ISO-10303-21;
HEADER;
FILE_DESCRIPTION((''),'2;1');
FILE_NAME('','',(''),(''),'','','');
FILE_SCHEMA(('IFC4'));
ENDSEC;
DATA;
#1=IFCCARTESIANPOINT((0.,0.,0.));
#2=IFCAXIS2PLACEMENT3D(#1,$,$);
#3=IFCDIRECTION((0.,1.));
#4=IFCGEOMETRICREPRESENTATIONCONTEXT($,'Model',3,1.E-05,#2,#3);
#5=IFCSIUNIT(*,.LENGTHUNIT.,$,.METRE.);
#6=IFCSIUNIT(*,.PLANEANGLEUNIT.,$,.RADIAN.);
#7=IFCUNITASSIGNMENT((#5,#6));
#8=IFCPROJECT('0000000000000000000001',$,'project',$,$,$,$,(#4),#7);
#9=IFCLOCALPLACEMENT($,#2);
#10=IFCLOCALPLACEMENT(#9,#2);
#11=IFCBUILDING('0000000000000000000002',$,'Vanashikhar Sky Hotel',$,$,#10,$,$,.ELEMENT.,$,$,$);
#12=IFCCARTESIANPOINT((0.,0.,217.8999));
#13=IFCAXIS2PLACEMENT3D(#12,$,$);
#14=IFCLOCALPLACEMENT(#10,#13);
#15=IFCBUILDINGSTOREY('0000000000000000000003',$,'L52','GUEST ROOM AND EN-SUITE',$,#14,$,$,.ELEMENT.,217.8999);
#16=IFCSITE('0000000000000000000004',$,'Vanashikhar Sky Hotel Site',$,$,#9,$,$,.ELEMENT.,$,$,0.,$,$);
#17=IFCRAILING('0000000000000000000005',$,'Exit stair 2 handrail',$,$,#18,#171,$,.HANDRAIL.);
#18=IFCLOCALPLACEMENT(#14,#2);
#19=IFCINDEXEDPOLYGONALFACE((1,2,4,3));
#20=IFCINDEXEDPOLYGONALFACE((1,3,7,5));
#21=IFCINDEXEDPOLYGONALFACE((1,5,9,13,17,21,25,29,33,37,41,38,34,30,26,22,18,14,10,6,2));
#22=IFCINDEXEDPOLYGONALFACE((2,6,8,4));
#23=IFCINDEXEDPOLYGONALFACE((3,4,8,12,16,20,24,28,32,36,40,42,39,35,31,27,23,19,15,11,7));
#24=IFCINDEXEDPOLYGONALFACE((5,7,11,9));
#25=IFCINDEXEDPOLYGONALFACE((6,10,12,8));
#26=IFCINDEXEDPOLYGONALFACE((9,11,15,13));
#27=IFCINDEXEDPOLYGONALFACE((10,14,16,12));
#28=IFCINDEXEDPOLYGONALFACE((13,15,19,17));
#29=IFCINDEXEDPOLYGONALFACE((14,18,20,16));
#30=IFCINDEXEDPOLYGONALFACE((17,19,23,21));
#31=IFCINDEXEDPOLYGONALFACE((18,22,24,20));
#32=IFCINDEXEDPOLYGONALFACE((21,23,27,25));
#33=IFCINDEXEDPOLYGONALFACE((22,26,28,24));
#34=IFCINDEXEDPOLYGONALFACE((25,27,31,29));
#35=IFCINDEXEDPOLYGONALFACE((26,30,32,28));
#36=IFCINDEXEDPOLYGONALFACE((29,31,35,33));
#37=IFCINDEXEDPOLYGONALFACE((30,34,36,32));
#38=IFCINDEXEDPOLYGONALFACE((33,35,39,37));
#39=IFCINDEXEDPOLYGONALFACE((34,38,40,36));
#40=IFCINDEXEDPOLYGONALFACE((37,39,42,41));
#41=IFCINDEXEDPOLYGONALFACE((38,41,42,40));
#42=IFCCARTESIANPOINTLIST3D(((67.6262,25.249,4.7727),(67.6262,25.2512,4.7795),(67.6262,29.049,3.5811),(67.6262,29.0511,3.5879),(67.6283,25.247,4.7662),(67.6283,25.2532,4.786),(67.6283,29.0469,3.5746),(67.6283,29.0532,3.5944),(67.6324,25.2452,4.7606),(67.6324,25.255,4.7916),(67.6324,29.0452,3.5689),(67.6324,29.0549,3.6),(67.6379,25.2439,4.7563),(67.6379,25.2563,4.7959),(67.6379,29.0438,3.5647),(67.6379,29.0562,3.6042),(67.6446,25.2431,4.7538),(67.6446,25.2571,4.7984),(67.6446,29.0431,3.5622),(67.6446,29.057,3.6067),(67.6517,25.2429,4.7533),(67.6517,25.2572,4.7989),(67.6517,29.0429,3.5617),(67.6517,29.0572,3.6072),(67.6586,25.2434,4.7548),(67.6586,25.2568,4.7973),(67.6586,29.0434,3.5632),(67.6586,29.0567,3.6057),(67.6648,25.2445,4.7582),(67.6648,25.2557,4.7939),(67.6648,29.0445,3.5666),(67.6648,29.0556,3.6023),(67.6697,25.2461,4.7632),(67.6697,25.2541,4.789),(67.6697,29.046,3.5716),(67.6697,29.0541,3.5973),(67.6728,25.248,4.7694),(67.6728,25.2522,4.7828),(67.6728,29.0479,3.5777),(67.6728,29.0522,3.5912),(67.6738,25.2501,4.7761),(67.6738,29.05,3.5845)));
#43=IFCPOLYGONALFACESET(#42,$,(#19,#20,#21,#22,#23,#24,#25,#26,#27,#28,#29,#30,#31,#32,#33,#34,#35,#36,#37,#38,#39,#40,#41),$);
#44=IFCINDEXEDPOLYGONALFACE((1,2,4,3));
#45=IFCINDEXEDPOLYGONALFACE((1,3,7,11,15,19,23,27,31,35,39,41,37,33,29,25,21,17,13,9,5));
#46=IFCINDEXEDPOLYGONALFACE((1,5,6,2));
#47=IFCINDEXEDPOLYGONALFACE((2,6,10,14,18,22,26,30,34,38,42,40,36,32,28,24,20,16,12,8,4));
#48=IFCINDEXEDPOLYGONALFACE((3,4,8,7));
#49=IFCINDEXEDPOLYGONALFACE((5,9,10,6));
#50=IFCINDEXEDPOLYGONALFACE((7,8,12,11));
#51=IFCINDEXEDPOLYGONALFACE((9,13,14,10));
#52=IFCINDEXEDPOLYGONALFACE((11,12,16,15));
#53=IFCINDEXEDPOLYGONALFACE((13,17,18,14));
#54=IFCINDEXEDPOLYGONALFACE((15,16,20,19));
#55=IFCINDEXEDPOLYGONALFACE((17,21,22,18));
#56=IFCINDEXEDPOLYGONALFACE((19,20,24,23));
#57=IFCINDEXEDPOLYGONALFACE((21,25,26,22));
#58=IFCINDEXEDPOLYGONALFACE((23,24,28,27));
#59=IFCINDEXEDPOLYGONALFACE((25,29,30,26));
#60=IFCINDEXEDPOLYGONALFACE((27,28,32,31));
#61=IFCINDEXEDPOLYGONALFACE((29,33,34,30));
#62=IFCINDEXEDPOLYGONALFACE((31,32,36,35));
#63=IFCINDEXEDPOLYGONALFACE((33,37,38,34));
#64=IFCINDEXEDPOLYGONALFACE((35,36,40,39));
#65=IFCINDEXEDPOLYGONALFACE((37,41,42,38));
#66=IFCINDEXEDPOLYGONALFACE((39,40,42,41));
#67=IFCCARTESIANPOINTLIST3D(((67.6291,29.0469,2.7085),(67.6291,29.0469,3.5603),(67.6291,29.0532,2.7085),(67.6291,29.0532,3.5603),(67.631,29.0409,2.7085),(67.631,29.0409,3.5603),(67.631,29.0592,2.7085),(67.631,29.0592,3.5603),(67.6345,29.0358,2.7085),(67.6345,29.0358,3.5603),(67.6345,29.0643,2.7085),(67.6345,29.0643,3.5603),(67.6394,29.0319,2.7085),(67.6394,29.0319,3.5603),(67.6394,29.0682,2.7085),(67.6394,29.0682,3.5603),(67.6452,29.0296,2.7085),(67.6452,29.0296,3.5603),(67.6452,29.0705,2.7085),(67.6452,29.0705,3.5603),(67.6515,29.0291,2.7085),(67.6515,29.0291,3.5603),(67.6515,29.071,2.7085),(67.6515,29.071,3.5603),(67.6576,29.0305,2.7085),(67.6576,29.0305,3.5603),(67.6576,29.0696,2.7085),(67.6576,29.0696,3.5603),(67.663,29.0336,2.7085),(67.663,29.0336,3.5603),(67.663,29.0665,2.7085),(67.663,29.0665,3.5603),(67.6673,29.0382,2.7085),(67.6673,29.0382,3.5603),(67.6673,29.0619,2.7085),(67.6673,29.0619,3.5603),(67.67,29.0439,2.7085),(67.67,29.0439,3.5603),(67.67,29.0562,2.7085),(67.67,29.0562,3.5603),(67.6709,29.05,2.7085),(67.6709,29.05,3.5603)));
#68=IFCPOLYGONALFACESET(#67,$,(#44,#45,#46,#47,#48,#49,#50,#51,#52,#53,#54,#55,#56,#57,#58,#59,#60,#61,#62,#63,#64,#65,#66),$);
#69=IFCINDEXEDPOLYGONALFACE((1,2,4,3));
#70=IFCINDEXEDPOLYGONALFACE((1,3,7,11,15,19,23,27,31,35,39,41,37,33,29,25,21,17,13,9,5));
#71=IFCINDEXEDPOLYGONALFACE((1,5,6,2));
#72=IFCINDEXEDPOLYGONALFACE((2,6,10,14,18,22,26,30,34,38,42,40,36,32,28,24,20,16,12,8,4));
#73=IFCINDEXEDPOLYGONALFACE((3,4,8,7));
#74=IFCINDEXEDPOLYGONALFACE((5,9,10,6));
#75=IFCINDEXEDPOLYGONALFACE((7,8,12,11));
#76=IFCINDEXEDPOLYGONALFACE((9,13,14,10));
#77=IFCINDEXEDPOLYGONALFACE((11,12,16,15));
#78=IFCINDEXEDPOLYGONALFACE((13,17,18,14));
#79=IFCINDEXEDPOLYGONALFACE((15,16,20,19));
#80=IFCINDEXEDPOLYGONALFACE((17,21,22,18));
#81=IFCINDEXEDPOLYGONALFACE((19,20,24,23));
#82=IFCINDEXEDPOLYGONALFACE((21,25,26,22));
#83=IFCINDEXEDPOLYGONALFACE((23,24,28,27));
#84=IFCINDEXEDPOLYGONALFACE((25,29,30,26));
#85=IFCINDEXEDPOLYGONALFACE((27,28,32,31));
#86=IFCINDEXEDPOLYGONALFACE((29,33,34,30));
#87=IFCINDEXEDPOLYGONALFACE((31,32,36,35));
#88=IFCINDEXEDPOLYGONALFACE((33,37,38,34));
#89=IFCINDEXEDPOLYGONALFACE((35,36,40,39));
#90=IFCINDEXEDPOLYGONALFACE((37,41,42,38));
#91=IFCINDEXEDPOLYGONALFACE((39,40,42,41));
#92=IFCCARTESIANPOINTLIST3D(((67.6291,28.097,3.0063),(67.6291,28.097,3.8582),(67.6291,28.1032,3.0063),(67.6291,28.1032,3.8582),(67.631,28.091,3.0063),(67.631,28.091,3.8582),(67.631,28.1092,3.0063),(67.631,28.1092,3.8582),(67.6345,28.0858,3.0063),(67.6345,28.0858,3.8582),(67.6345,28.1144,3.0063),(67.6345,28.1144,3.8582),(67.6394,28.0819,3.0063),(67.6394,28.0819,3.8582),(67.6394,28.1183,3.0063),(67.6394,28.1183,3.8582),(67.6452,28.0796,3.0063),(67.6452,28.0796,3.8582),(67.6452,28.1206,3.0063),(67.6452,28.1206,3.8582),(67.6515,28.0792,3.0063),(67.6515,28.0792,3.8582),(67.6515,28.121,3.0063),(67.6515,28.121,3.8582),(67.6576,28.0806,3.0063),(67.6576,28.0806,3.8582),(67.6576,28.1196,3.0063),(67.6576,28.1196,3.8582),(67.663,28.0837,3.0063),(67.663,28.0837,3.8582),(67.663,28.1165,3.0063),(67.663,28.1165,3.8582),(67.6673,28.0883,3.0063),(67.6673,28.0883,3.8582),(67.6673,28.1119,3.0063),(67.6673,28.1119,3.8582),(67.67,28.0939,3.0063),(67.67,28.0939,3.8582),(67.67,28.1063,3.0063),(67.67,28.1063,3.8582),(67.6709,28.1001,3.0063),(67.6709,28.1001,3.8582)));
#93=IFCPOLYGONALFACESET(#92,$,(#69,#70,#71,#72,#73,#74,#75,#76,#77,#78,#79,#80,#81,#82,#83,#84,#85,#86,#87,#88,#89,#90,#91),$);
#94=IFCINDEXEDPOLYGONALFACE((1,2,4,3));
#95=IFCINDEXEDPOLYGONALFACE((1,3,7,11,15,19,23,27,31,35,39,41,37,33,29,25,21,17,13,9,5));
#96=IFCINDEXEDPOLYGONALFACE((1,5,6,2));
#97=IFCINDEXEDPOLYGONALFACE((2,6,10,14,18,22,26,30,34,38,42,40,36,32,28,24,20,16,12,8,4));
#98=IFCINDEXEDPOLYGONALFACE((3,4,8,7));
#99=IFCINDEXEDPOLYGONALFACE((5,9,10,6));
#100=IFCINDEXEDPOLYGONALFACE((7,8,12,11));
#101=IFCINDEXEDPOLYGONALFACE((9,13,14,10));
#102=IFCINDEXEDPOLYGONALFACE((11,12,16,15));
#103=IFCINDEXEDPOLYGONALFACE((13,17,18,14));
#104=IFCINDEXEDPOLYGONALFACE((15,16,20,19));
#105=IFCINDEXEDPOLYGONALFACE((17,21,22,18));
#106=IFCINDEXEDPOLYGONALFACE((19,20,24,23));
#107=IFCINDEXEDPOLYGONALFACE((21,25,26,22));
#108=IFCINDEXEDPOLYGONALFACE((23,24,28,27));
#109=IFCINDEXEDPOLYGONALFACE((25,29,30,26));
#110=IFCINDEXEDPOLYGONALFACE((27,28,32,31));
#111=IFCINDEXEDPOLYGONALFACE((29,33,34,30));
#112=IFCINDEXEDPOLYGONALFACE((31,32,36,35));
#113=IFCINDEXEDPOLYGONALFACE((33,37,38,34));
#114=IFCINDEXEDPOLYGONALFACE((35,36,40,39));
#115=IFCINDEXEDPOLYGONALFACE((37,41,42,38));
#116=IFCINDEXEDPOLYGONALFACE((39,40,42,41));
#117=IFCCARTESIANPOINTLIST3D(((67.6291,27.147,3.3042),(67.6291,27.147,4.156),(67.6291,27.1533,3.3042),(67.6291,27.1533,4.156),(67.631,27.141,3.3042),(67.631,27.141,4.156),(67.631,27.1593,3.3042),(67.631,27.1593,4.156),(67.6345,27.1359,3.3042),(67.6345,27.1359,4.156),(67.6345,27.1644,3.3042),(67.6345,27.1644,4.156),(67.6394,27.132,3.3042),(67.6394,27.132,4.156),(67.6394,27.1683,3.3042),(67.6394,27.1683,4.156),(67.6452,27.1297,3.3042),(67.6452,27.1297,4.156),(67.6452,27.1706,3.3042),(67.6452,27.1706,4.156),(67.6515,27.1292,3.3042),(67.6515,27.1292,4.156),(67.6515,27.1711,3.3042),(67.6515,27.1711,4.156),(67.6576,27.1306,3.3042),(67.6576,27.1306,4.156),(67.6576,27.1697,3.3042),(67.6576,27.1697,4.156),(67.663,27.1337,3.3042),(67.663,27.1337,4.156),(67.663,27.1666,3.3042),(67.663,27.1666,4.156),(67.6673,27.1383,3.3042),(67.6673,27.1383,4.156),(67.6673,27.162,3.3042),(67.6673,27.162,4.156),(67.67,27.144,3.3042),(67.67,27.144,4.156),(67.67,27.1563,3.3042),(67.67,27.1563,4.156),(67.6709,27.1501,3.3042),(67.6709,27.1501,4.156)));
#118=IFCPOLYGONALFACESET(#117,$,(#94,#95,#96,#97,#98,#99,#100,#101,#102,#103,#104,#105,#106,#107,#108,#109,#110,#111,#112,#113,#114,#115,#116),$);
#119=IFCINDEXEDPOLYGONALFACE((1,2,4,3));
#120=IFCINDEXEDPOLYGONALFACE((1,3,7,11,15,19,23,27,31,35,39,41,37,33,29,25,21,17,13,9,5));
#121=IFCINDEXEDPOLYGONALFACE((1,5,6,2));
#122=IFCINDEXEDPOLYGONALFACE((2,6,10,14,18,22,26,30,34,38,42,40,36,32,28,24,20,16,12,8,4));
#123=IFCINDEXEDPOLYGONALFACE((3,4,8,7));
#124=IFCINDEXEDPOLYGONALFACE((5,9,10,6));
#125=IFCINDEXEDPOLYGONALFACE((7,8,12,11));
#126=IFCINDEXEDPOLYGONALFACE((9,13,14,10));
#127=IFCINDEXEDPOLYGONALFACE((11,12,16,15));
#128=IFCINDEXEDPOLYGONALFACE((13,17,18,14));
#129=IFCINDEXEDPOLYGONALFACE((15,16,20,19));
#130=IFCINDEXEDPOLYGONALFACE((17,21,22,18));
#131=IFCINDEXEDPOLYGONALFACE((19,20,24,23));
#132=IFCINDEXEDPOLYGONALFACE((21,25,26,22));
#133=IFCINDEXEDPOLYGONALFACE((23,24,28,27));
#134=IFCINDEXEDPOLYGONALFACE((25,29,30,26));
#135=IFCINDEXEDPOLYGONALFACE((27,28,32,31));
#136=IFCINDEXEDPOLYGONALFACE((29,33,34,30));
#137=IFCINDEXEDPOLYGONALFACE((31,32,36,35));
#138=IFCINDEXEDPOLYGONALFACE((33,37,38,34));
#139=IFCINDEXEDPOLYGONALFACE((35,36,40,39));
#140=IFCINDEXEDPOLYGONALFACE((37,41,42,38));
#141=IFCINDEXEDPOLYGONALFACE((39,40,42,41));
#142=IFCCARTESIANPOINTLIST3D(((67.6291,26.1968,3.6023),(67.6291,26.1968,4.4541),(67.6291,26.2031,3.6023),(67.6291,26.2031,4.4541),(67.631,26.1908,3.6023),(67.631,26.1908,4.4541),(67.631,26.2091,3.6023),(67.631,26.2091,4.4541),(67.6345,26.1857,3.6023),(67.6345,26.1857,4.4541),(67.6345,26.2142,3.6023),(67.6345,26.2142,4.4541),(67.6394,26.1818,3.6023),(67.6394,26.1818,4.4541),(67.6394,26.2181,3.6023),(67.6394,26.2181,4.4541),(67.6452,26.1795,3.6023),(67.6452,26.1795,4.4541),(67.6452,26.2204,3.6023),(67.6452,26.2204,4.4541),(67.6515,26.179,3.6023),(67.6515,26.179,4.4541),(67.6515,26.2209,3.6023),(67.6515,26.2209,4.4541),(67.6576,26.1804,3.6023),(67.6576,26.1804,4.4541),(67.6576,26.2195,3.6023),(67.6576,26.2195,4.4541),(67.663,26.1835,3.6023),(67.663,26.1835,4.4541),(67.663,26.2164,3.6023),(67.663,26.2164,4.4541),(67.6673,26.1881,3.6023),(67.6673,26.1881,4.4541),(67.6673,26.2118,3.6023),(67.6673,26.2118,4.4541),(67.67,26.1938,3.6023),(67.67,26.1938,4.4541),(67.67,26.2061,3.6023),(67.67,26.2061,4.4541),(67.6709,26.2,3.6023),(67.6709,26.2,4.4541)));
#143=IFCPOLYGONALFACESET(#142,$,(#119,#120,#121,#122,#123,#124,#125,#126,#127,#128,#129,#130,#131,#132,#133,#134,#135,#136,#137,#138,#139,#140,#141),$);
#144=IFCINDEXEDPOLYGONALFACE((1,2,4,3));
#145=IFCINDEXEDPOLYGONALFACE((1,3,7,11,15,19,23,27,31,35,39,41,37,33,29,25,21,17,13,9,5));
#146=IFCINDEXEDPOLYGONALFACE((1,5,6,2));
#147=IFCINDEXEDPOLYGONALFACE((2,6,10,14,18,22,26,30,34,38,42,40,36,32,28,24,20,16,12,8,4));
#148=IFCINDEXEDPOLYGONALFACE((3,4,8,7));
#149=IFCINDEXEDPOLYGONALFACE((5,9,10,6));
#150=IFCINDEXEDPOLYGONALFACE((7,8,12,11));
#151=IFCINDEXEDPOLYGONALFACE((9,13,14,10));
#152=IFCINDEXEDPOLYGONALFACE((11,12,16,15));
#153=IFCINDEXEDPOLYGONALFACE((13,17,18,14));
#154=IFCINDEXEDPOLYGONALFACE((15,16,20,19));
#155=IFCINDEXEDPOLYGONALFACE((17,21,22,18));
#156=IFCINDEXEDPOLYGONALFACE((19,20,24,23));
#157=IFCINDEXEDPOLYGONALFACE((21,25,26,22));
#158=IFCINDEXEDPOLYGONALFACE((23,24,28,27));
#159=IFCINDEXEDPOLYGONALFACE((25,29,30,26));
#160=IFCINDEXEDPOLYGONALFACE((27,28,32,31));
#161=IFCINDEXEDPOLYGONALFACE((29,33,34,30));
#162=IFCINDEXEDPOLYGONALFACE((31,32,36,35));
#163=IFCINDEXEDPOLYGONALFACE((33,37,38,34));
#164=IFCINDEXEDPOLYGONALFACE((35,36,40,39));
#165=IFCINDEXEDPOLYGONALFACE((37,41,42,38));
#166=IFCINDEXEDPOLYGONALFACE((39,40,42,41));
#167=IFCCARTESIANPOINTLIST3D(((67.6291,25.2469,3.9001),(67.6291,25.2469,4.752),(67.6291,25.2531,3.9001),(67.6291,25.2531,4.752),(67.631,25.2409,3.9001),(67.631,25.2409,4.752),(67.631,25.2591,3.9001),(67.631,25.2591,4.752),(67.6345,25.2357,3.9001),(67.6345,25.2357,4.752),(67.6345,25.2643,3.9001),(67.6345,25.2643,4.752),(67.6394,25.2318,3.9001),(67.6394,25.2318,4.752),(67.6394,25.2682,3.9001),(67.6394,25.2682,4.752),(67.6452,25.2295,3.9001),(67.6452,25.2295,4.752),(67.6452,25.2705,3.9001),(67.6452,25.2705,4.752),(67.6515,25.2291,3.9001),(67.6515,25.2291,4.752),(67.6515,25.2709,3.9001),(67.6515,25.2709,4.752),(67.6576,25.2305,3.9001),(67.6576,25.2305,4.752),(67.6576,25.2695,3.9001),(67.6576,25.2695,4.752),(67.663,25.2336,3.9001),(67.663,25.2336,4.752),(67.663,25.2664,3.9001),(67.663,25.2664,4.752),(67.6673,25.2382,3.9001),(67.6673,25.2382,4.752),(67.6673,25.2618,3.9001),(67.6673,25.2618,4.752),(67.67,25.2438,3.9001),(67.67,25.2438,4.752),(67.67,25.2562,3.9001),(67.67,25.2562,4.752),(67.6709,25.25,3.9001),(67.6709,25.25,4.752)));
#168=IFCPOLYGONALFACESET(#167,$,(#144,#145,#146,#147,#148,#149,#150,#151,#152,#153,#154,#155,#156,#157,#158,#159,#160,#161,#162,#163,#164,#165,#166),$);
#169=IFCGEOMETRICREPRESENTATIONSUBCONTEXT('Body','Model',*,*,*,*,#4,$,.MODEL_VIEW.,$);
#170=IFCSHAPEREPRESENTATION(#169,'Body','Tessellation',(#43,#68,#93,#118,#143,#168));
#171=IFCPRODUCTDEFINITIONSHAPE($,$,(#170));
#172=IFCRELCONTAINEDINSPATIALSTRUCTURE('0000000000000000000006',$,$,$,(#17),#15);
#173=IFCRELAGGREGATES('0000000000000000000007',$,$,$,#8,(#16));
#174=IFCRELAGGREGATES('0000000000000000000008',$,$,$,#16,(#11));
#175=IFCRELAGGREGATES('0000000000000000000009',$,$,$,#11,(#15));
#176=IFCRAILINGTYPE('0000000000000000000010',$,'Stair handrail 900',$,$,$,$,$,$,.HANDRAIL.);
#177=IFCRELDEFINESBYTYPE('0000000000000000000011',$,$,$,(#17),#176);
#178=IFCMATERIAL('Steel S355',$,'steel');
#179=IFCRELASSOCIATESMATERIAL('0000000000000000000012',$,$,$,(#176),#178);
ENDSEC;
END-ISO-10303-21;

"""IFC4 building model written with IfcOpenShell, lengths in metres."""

from ifc_helpers import new_model, si_unit, direction, frame, origin, origin_2d, place, context, subcontext, project, spatial, circle, extrude, source, transform, mapped, material, type_object, element, save


model = new_model("IFC4")

# Units and contexts
model_context = context("Model", 3, precision=1e-05, world=origin(), true_north=direction((0.0, 1.0)))
body_context = subcontext(model_context, "Body", "Model", "MODEL_VIEW")
ifc_project = project(units=[si_unit("LENGTHUNIT", "METRE"), si_unit("PLANEANGLEUNIT", "RADIAN")], contexts=[model_context])

# Site, building, storey
site_placement = place(None, origin())
site = spatial("IfcSite", under=ifc_project, at=site_placement, Name="Vanashikhar Sky Hotel Site", CompositionType="ELEMENT", RefElevation=0.0)
building_placement = place(site_placement, origin())
building = spatial("IfcBuilding", under=site, at=building_placement, Name="Vanashikhar Sky Hotel", CompositionType="ELEMENT")
storey_placement = place(building_placement, frame((0.0, 0.0, 217.8999)))
storey = spatial("IfcBuildingStorey", under=building, at=storey_placement, Name="L52", Description="GUEST ROOM AND EN-SUITE", CompositionType="ELEMENT", Elevation=217.8999)

# Railing
ifc_material_1 = material(Name="Steel S355", Category="steel")
railing_type_1 = type_object("IfcRailingType", Name="Stair handrail 900", PredefinedType="HANDRAIL", material=ifc_material_1)
shared_shape_1 = source(origin(), body_context, "Body", "SweptSolid", [
    extrude(circle(Radius=0.0239, at=origin_2d()), frame((0.0, 0.0, 0.876), z_axis=(0.0, -0.954184, 0.299221), x_axis=(1.0, 0.0, 0.0)), (0.0, 0.0, 1.0), 3.9824),
    extrude(circle(Radius=0.021, at=origin_2d()), origin(), (0.0, 0.0, 1.0), 0.8518),
    extrude(circle(Radius=0.021, at=origin_2d()), frame((0.0, -0.95, 0.2979)), (0.0, 0.0, 1.0), 0.8518),
    extrude(circle(Radius=0.021, at=origin_2d()), frame((0.0, -1.8999, 0.5957)), (0.0, 0.0, 1.0), 0.8518),
    extrude(circle(Radius=0.021, at=origin_2d()), frame((0.0, -2.8501, 0.8938)), (0.0, 0.0, 1.0), 0.8518),
    extrude(circle(Radius=0.021, at=origin_2d()), frame((0.0, -3.8, 1.1917)), (0.0, 0.0, 1.0), 0.8518),
])
for number, where, name in (
    (1, (67.6499, 29.05, 2.7085), "Exit stair 2 handrail"),
):
    element("IfcRailing", number, at=place(storey_placement, frame(where)), inside=storey, type_object=railing_type_1, Name=name, PredefinedType="HANDRAIL", context=body_context, shape_type="MappedRepresentation", body=[
        mapped(shared_shape_1, transform((0.0, 0.0, 0.0), scale=1.0)),
    ])

save(model, "model.ifc")
